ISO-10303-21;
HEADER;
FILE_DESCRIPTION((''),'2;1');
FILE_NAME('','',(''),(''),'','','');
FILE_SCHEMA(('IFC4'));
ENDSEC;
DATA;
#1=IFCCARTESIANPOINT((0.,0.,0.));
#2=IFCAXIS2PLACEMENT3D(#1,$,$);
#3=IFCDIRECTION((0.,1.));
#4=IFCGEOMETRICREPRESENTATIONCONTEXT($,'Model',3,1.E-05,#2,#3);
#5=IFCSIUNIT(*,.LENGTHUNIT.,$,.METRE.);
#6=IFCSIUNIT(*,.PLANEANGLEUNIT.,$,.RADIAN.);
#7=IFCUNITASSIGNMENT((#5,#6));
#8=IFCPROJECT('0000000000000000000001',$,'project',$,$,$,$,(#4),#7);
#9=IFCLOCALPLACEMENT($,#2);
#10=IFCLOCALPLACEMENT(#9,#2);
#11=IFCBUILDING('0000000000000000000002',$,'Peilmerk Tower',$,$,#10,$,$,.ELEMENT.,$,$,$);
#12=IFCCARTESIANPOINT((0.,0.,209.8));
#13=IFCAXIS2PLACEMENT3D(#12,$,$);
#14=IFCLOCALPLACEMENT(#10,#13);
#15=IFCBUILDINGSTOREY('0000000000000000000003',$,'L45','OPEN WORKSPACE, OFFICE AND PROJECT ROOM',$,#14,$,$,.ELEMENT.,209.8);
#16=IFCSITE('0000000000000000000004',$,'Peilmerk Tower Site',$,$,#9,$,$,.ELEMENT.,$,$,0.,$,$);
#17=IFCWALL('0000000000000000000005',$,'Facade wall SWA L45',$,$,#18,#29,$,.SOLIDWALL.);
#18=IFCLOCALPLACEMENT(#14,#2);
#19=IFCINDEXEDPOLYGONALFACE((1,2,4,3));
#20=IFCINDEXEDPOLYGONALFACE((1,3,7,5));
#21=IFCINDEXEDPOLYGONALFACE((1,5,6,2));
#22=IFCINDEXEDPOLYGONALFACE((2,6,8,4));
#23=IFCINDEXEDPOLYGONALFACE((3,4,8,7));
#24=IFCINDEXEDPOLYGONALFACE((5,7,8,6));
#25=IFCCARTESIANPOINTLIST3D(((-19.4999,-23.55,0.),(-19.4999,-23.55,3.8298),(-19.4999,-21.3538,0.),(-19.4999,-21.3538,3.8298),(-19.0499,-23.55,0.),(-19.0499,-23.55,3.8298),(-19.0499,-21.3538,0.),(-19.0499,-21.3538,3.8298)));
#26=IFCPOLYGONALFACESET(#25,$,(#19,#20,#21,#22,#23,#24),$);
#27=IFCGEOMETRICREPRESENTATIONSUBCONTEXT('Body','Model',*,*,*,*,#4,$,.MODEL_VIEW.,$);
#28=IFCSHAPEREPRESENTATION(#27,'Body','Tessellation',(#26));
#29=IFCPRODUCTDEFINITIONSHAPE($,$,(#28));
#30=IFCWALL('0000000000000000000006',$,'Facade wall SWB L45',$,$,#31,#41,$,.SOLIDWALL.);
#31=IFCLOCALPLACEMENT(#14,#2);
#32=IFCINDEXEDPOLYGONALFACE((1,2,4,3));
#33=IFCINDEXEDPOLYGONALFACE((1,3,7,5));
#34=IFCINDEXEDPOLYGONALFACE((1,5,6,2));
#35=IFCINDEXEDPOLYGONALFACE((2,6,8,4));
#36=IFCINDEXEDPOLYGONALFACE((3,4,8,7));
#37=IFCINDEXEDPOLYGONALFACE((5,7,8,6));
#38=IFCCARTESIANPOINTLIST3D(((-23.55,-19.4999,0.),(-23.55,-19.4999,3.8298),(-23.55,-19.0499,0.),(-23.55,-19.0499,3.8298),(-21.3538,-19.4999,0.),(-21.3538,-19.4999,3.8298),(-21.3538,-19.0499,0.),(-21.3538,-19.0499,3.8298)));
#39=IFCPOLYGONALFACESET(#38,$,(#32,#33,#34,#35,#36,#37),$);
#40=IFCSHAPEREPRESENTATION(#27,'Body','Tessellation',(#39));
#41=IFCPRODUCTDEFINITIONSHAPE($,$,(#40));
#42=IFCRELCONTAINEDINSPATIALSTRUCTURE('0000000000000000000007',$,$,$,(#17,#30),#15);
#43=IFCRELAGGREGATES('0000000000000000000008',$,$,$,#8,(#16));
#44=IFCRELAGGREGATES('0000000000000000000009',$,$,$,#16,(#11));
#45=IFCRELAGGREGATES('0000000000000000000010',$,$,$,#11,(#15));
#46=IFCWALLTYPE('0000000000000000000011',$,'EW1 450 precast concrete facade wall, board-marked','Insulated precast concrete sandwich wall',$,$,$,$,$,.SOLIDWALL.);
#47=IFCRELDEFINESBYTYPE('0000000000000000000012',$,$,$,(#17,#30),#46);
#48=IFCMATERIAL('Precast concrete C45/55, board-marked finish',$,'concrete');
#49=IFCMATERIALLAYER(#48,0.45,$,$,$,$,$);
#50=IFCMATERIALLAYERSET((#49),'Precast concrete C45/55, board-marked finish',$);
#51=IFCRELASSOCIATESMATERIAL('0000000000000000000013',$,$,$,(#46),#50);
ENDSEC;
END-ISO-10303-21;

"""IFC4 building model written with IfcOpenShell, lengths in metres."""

from ifc_helpers import new_model, si_unit, direction, frame, frame_2d, origin, place, context, subcontext, project, spatial, rectangle, extrude, material, layer, layer_set, type_object, element, save


model = new_model("IFC4")

# Units and contexts
model_context = context("Model", 3, precision=1e-05, world=origin(), true_north=direction((0.0, 1.0)))
body_context = subcontext(model_context, "Body", "Model", "MODEL_VIEW")
ifc_project = project(units=[si_unit("LENGTHUNIT", "METRE"), si_unit("PLANEANGLEUNIT", "RADIAN")], contexts=[model_context])

# Site, building, storey
site_placement = place(None, origin())
site = spatial("IfcSite", under=ifc_project, at=site_placement, Name="Peilmerk Tower Site", CompositionType="ELEMENT", RefElevation=0.0)
building_placement = place(site_placement, origin())
building = spatial("IfcBuilding", under=site, at=building_placement, Name="Peilmerk Tower", CompositionType="ELEMENT")
storey_placement = place(building_placement, frame((0.0, 0.0, 209.8)))
storey = spatial("IfcBuildingStorey", under=building, at=storey_placement, Name="L45", Description="OPEN WORKSPACE, OFFICE AND PROJECT ROOM", CompositionType="ELEMENT", Elevation=209.8)

# Shared definitions
ifc_material_1 = material(Name="Precast concrete C45/55, board-marked finish", Category="concrete")
ifc_layer_1 = layer(ifc_material_1, 0.45)
ifc_layer_set_1 = layer_set([ifc_layer_1], Name="Precast concrete C45/55, board-marked finish")
wall_type = type_object("IfcWallType", Name="EW1 450 precast concrete facade wall, board-marked", Description="Insulated precast concrete sandwich wall", PredefinedType="SOLIDWALL", material=ifc_layer_set_1)

# Walls
for number, where, z_axis, x_axis, name in (
    (1, (-19.2749, -21.3538, 0.0), (0.0, 0.0, 1.0), (0.0, -1.0, 0.0), "Facade wall SWA L45"),
    (2, (-21.3538, -19.2749, 0.0), (0.0, 0.0, 1.0), (-1.0, 0.0, 0.0), "Facade wall SWB L45"),
):
    element("IfcWall", number, at=place(storey_placement, frame(where, z_axis=z_axis, x_axis=x_axis)), inside=storey, type_object=wall_type, Name=name, PredefinedType="SOLIDWALL", context=body_context, shape_type="SweptSolid", body=[
        extrude(rectangle(XDim=2.1963, YDim=0.45, at=frame_2d((1.0981, 0.0))), origin(), (0.0, 0.0, 1.0), 3.8298),
    ])

save(model, "model.ifc")
